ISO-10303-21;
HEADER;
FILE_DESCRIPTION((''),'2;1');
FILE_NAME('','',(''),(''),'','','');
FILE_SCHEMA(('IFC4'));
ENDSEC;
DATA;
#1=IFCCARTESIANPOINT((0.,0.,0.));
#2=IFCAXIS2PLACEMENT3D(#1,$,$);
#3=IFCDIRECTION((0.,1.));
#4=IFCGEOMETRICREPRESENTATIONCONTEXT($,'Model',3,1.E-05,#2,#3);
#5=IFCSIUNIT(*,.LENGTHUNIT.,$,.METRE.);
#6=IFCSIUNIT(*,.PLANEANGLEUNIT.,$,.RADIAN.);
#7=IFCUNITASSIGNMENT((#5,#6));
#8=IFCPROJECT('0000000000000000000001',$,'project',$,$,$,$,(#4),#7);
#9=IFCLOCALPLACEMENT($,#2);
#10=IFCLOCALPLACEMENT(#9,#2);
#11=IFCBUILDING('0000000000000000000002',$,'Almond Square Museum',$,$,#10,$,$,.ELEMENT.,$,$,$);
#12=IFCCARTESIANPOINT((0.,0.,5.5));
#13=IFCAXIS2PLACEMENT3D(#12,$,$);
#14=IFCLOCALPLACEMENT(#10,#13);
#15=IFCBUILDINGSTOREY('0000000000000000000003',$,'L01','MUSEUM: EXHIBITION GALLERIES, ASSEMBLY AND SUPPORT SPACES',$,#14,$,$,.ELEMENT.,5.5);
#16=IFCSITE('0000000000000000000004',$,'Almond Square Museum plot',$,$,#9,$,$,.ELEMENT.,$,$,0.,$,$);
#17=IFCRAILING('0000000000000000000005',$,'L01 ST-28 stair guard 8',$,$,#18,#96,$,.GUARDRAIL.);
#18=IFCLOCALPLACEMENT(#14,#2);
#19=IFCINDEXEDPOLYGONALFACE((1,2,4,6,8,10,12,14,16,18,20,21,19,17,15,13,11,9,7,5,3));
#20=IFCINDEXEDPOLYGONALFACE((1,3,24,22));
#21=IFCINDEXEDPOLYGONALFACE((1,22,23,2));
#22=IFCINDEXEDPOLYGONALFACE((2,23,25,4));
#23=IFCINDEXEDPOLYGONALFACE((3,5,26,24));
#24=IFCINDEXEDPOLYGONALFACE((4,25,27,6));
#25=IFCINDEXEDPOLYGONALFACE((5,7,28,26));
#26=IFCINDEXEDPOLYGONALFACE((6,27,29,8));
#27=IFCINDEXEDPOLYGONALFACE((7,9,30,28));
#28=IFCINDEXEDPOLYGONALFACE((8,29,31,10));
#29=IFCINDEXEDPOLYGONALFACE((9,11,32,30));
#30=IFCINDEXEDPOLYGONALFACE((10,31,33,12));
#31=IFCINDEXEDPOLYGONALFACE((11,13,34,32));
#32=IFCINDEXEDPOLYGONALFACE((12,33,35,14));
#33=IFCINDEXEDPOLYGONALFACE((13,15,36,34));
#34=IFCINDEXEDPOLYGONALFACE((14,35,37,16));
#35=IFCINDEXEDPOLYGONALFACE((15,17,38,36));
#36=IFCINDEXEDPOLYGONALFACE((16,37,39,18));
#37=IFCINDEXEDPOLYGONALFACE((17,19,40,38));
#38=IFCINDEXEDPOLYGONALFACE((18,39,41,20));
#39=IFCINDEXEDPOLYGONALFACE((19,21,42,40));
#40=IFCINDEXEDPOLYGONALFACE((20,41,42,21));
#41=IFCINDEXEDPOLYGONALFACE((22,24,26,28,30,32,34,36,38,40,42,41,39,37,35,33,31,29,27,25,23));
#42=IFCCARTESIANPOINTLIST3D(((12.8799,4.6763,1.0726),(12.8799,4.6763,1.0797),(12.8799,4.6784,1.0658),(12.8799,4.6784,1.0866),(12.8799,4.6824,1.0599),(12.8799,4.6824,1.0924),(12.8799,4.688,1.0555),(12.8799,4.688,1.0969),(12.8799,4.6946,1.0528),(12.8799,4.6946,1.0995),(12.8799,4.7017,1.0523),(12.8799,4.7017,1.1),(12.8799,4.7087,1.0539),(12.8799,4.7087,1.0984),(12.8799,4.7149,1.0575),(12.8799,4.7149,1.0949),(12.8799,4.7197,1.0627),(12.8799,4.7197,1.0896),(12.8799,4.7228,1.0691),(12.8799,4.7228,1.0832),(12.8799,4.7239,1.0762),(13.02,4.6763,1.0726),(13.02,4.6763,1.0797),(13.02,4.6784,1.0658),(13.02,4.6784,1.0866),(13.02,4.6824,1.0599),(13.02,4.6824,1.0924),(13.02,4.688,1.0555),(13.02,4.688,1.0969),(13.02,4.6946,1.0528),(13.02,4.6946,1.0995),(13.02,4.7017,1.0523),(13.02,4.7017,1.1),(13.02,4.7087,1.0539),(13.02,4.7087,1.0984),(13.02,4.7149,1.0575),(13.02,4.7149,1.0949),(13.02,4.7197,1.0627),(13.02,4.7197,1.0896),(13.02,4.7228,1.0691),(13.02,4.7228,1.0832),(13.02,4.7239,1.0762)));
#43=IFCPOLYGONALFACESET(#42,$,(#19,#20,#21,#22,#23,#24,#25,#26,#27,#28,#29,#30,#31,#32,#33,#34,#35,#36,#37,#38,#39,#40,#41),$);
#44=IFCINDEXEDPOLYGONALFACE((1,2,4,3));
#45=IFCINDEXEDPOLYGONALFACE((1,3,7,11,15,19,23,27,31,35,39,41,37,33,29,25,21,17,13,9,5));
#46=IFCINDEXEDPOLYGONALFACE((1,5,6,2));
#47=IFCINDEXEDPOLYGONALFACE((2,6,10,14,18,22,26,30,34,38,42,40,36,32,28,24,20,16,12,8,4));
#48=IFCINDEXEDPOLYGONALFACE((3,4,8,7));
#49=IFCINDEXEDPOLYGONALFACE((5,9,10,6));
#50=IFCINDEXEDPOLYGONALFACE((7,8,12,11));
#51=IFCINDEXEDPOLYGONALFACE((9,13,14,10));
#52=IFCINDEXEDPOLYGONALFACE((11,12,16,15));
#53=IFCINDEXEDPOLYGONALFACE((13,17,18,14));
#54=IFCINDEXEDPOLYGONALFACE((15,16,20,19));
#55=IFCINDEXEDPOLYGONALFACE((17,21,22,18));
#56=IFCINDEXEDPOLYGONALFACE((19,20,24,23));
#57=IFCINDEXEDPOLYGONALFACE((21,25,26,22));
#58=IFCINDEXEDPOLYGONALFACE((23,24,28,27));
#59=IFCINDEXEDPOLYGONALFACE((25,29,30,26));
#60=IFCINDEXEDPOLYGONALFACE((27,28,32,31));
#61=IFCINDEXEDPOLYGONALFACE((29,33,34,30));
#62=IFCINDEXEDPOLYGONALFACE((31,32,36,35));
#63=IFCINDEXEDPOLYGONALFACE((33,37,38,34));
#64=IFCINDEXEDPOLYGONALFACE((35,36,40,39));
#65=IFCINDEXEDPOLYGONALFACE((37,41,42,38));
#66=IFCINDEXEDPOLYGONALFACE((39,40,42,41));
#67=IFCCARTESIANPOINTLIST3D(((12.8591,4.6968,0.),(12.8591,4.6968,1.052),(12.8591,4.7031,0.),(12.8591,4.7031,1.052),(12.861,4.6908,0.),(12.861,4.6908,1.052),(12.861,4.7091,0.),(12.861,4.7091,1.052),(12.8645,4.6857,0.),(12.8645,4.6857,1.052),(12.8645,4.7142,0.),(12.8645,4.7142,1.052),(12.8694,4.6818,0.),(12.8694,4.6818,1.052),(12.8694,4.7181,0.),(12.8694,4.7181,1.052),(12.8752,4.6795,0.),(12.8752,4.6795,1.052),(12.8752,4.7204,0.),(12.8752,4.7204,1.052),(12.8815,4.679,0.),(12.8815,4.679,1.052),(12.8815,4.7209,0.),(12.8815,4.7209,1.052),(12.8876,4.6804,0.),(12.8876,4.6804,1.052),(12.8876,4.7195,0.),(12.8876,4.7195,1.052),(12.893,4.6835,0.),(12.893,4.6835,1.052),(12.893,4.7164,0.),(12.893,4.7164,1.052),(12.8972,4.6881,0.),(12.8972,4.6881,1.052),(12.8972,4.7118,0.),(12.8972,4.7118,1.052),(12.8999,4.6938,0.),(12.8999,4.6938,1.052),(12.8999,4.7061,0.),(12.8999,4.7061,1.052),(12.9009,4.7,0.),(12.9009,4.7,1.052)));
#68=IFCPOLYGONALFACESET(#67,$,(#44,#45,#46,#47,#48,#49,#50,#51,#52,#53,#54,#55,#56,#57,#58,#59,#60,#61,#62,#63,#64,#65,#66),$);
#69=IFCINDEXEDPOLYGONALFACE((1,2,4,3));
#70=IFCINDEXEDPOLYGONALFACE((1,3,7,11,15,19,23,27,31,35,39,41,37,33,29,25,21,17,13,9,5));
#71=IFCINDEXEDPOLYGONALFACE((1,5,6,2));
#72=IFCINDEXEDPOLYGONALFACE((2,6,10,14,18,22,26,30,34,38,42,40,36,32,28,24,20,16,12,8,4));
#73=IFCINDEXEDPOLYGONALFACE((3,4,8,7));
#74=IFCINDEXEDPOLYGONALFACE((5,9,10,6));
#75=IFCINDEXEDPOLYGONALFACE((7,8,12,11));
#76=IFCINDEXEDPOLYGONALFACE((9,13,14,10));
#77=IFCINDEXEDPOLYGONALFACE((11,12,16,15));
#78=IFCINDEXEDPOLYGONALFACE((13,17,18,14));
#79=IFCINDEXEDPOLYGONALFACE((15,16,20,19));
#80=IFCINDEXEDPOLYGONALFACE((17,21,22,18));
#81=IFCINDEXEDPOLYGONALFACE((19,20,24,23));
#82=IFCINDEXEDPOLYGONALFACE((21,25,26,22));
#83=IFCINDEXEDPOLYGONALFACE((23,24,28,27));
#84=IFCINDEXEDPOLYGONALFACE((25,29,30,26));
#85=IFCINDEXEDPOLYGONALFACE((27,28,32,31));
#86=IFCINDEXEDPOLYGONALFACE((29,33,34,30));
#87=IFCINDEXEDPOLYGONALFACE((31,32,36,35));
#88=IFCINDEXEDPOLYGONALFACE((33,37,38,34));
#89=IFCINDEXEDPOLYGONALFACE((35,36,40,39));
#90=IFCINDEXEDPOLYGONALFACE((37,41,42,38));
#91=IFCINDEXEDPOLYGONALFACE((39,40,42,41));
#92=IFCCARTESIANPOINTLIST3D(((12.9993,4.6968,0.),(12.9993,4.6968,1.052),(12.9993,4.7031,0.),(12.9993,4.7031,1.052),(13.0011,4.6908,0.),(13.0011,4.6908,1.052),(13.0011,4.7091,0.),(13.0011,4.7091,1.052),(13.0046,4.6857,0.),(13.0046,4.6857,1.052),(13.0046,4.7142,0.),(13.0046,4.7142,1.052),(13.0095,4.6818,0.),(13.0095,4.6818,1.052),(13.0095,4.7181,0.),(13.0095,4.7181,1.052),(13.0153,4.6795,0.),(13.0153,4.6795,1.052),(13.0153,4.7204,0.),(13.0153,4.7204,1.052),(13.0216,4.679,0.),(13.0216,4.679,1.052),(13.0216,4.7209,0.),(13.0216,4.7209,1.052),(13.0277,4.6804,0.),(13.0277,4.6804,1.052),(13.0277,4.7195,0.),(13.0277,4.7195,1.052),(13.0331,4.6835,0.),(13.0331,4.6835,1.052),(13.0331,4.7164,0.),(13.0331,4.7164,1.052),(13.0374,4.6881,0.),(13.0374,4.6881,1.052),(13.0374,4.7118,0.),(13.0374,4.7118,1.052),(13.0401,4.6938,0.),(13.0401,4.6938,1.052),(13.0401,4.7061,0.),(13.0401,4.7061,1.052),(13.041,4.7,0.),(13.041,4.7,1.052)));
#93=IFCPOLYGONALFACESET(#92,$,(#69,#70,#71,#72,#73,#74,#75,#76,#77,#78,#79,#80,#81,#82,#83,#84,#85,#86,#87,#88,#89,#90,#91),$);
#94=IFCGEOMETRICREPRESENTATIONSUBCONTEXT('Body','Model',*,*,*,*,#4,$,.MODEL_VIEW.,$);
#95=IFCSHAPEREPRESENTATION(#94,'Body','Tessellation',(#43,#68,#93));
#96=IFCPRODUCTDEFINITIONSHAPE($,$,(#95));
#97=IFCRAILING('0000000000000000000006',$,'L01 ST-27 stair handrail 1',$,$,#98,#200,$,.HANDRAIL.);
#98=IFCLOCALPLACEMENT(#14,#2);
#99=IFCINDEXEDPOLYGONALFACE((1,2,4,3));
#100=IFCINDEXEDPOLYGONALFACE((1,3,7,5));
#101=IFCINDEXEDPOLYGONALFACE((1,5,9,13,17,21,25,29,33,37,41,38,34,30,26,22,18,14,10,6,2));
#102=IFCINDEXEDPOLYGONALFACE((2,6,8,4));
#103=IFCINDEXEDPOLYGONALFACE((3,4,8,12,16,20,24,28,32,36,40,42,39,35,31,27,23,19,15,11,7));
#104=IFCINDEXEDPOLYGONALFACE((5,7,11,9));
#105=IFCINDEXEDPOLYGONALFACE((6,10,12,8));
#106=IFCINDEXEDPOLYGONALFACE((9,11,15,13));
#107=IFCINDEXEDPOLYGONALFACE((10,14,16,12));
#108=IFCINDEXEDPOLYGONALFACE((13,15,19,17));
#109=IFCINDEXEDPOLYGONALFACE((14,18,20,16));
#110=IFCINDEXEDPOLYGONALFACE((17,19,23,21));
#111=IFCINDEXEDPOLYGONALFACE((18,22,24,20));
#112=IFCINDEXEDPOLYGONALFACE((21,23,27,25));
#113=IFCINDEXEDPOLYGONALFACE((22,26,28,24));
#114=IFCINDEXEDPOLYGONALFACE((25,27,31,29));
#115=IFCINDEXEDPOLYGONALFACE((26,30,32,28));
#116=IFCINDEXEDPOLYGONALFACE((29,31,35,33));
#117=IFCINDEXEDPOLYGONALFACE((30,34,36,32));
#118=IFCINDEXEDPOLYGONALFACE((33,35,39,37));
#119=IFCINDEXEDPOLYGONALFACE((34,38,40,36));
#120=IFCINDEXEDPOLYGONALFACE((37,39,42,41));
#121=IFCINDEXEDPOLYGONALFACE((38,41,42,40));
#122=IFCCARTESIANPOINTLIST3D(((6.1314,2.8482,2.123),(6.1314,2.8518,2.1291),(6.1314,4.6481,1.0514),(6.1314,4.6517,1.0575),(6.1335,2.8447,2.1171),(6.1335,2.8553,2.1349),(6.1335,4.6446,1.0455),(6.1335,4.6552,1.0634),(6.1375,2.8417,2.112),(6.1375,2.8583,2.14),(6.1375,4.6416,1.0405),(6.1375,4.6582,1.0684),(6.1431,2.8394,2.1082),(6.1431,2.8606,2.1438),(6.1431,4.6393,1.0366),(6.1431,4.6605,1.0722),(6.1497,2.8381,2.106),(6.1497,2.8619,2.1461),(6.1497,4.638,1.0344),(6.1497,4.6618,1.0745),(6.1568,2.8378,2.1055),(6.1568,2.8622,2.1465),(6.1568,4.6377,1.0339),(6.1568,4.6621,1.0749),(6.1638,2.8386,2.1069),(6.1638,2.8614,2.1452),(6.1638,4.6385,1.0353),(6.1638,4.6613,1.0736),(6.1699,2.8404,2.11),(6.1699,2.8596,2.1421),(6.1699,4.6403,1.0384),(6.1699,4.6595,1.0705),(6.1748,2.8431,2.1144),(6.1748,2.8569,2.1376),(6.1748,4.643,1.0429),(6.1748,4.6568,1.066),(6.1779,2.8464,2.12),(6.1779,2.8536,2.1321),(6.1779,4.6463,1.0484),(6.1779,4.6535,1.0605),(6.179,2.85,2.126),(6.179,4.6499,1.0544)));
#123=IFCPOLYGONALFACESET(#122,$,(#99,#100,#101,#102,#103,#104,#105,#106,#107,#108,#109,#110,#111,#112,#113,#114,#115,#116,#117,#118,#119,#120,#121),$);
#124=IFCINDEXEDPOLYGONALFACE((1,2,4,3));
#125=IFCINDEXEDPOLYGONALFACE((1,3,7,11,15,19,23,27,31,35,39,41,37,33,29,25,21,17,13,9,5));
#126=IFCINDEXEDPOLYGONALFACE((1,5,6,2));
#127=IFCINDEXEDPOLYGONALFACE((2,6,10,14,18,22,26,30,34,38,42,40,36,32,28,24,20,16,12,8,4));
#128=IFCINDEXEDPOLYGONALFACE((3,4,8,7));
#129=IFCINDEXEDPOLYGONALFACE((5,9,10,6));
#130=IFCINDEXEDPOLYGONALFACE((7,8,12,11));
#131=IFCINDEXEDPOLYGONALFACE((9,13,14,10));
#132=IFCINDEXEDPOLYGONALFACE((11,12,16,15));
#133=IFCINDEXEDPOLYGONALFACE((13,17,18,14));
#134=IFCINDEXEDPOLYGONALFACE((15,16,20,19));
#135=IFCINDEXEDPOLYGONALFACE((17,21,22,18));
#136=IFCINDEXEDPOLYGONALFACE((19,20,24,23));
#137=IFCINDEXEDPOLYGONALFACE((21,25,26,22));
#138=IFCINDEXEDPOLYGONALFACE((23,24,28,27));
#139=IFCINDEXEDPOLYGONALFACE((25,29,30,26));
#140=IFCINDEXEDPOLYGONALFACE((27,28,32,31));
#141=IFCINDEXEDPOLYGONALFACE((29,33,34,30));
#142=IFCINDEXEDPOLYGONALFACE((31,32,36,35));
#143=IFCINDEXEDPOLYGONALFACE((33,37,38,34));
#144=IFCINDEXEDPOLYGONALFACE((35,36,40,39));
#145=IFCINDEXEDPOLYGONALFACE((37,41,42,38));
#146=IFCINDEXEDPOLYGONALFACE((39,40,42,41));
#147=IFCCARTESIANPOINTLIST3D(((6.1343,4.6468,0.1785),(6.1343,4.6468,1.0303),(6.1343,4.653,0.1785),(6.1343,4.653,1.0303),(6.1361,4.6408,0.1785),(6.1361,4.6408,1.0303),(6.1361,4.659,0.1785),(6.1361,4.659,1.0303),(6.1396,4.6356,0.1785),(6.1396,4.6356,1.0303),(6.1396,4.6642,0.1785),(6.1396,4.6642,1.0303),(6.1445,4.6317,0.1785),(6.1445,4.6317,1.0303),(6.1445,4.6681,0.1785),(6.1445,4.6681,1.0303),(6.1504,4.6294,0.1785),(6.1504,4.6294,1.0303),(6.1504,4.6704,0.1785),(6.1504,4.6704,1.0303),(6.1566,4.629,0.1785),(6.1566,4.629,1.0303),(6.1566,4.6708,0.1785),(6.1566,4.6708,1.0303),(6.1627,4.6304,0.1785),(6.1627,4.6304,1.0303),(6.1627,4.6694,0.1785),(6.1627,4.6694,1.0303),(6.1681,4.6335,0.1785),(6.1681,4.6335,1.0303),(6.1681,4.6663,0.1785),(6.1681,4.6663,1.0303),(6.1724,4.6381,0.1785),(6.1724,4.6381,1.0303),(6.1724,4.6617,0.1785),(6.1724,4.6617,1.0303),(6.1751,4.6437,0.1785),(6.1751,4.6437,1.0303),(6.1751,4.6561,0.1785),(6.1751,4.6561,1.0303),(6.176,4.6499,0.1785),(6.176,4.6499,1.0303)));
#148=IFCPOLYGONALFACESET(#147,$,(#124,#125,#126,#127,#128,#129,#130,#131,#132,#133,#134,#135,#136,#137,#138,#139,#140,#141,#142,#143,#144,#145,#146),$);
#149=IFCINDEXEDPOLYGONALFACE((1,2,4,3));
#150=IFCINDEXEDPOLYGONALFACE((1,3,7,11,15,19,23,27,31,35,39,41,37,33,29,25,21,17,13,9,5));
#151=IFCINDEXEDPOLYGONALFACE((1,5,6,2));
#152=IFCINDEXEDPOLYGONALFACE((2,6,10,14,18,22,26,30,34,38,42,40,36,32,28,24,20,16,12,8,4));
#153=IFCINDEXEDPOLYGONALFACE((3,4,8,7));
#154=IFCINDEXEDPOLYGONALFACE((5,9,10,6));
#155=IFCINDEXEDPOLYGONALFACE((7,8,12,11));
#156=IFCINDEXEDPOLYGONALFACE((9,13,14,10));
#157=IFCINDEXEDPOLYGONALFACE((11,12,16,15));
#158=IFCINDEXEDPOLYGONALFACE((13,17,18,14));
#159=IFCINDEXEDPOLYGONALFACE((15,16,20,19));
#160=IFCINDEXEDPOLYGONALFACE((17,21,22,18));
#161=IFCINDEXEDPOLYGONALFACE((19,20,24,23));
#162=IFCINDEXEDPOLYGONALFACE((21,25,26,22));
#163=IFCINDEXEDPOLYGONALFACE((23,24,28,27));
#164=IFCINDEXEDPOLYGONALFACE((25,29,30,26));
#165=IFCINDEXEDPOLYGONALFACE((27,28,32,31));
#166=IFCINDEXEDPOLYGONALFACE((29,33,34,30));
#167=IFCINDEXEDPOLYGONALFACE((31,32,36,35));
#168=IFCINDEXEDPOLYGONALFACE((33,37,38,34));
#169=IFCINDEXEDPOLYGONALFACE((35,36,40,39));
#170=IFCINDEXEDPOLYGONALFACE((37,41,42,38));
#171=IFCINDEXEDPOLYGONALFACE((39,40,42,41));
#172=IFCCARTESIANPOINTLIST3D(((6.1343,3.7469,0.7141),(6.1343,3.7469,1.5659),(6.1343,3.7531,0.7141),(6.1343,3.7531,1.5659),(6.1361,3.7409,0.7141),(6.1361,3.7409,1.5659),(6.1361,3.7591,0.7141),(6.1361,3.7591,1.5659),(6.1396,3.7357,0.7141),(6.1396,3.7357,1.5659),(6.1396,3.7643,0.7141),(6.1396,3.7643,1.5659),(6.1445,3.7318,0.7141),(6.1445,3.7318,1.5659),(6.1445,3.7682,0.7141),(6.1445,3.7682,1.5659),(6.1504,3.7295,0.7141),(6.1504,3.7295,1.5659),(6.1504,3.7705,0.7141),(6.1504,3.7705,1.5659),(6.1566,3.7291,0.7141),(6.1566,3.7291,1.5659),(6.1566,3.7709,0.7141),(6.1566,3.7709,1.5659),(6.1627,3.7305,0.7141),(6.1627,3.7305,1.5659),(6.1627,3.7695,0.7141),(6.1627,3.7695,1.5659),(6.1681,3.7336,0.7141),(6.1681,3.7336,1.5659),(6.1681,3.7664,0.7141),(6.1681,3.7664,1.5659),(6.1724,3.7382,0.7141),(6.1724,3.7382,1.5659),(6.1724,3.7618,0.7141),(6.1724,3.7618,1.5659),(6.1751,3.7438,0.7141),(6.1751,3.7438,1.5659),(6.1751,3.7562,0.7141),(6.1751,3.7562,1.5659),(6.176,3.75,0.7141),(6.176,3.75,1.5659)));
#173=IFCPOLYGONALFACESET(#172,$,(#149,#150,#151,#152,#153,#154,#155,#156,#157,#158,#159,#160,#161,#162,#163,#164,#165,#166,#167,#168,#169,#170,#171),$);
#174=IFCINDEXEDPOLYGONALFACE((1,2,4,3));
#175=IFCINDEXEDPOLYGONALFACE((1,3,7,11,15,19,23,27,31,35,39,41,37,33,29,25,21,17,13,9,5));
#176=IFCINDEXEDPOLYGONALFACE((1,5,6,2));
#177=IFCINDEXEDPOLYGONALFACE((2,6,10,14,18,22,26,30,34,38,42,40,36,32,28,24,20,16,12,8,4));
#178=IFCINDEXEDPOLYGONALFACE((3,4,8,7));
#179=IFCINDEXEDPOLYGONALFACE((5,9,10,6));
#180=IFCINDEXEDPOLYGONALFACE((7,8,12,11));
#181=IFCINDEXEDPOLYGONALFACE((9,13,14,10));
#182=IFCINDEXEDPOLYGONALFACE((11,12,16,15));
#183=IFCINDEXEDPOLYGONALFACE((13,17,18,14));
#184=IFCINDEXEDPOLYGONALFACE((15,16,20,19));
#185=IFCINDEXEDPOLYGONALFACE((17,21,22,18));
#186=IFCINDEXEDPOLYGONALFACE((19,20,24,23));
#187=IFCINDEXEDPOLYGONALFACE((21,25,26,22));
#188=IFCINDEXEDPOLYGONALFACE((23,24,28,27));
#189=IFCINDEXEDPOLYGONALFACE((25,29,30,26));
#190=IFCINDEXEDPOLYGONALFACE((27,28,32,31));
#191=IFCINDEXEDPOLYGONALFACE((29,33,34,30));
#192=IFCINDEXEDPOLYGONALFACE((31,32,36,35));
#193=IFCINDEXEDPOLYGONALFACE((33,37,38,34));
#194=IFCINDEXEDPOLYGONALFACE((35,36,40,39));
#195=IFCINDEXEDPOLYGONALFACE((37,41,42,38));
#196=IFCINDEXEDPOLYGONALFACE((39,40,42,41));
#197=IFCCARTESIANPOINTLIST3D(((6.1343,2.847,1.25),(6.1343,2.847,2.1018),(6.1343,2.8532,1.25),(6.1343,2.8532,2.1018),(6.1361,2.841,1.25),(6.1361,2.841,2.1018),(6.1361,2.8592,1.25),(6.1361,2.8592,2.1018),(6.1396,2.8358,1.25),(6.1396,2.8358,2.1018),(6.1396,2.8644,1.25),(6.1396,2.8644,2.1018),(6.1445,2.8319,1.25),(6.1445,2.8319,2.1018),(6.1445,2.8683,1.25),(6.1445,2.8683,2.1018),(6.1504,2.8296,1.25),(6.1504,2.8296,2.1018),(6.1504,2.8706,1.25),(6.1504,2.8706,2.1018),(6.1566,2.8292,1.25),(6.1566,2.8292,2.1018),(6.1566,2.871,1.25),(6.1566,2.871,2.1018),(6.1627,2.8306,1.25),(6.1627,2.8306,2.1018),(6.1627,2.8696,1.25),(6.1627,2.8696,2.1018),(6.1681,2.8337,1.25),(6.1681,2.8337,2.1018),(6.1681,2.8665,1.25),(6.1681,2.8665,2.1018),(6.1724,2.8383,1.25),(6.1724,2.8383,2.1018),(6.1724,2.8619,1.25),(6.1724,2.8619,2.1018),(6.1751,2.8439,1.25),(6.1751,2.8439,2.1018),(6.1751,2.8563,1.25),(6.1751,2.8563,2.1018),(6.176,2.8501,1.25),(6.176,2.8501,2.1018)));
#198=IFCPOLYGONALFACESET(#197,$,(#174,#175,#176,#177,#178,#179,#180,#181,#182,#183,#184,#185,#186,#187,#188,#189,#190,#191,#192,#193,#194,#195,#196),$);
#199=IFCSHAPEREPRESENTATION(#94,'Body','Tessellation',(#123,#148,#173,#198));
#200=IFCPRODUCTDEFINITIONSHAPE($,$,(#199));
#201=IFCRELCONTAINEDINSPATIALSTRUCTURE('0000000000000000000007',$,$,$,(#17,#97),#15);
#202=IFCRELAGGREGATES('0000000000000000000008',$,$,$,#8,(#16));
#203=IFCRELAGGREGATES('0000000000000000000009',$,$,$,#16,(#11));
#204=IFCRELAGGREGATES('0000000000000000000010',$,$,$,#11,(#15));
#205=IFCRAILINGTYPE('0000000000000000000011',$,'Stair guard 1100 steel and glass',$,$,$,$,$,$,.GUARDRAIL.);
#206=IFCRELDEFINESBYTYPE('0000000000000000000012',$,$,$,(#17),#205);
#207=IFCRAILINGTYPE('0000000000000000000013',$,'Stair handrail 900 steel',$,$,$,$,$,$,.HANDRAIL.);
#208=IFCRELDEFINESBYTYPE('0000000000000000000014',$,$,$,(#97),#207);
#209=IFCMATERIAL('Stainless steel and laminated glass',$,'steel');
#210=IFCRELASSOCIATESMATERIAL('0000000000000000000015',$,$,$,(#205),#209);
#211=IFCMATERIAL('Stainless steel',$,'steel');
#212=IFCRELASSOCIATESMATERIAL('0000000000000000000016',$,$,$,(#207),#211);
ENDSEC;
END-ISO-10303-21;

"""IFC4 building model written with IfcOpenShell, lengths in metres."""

from ifc_helpers import new_model, si_unit, direction, frame, origin, origin_2d, place, context, subcontext, project, spatial, circle, extrude, material, type_object, element, save


model = new_model("IFC4")

# Units and contexts
model_context = context("Model", 3, precision=1e-05, world=origin(), true_north=direction((0.0, 1.0)))
body_context = subcontext(model_context, "Body", "Model", "MODEL_VIEW")
ifc_project = project(units=[si_unit("LENGTHUNIT", "METRE"), si_unit("PLANEANGLEUNIT", "RADIAN")], contexts=[model_context])

# Site, building, storey
site_placement = place(None, origin())
site = spatial("IfcSite", under=ifc_project, at=site_placement, Name="Almond Square Museum plot", CompositionType="ELEMENT", RefElevation=0.0)
building_placement = place(site_placement, origin())
building = spatial("IfcBuilding", under=site, at=building_placement, Name="Almond Square Museum", CompositionType="ELEMENT")
storey_placement = place(building_placement, frame((0.0, 0.0, 5.5)))
storey = spatial("IfcBuildingStorey", under=building, at=storey_placement, Name="L01", Description="MUSEUM: EXHIBITION GALLERIES, ASSEMBLY AND SUPPORT SPACES", CompositionType="ELEMENT", Elevation=5.5)

# Railings
ifc_material_1 = material(Name="Stainless steel and laminated glass", Category="steel")
railing_type_1 = type_object("IfcRailingType", Name="Stair guard 1100 steel and glass", PredefinedType="GUARDRAIL", material=ifc_material_1)
railing_1_placement = place(storey_placement, frame((12.8799, 4.7, 0.0)))
element("IfcRailing", 1, at=railing_1_placement, inside=storey, type_object=railing_type_1, Name="L01 ST-28 stair guard 8", PredefinedType="GUARDRAIL", context=body_context, shape_type="SweptSolid", body=[
    extrude(circle(Radius=0.0239, at=origin_2d()), frame((0.0, 0.0, 1.0762), z_axis=(1.0, 0.0, 0.0), x_axis=(0.0, 1.0, 0.0)), (0.0, 0.0, 1.0), 0.1401),
    extrude(circle(Radius=0.021, at=origin_2d()), origin(), (0.0, 0.0, 1.0), 1.052),
    extrude(circle(Radius=0.021, at=origin_2d()), frame((0.1401, 0.0, 0.0)), (0.0, 0.0, 1.0), 1.052),
])
ifc_material_2 = material(Name="Stainless steel", Category="steel")
railing_type_2 = type_object("IfcRailingType", Name="Stair handrail 900 steel", PredefinedType="HANDRAIL", material=ifc_material_2)
for number, where, name in (
    (2, (6.155, 4.6499, 0.1785), "L01 ST-27 stair handrail 1"),
):
    element("IfcRailing", number, at=place(storey_placement, frame(where)), inside=storey, type_object=railing_type_2, Name=name, PredefinedType="HANDRAIL", context=body_context, shape_type="SweptSolid", body=[
        extrude(circle(Radius=0.0239, at=origin_2d()), frame((0.0, 0.0, 0.876), z_axis=(0.0, -0.859247, 0.511562), x_axis=(1.0, 0.0, 0.0)), (0.0, 0.0, 1.0), 2.0947),
        extrude(circle(Radius=0.021, at=origin_2d()), origin(), (0.0, 0.0, 1.0), 0.8518),
        extrude(circle(Radius=0.021, at=origin_2d()), frame((0.0, -0.8999, 0.5356)), (0.0, 0.0, 1.0), 0.8518),
        extrude(circle(Radius=0.021, at=origin_2d()), frame((0.0, -1.7998, 1.0715)), (0.0, 0.0, 1.0), 0.8518),
    ])

save(model, "model.ifc")
